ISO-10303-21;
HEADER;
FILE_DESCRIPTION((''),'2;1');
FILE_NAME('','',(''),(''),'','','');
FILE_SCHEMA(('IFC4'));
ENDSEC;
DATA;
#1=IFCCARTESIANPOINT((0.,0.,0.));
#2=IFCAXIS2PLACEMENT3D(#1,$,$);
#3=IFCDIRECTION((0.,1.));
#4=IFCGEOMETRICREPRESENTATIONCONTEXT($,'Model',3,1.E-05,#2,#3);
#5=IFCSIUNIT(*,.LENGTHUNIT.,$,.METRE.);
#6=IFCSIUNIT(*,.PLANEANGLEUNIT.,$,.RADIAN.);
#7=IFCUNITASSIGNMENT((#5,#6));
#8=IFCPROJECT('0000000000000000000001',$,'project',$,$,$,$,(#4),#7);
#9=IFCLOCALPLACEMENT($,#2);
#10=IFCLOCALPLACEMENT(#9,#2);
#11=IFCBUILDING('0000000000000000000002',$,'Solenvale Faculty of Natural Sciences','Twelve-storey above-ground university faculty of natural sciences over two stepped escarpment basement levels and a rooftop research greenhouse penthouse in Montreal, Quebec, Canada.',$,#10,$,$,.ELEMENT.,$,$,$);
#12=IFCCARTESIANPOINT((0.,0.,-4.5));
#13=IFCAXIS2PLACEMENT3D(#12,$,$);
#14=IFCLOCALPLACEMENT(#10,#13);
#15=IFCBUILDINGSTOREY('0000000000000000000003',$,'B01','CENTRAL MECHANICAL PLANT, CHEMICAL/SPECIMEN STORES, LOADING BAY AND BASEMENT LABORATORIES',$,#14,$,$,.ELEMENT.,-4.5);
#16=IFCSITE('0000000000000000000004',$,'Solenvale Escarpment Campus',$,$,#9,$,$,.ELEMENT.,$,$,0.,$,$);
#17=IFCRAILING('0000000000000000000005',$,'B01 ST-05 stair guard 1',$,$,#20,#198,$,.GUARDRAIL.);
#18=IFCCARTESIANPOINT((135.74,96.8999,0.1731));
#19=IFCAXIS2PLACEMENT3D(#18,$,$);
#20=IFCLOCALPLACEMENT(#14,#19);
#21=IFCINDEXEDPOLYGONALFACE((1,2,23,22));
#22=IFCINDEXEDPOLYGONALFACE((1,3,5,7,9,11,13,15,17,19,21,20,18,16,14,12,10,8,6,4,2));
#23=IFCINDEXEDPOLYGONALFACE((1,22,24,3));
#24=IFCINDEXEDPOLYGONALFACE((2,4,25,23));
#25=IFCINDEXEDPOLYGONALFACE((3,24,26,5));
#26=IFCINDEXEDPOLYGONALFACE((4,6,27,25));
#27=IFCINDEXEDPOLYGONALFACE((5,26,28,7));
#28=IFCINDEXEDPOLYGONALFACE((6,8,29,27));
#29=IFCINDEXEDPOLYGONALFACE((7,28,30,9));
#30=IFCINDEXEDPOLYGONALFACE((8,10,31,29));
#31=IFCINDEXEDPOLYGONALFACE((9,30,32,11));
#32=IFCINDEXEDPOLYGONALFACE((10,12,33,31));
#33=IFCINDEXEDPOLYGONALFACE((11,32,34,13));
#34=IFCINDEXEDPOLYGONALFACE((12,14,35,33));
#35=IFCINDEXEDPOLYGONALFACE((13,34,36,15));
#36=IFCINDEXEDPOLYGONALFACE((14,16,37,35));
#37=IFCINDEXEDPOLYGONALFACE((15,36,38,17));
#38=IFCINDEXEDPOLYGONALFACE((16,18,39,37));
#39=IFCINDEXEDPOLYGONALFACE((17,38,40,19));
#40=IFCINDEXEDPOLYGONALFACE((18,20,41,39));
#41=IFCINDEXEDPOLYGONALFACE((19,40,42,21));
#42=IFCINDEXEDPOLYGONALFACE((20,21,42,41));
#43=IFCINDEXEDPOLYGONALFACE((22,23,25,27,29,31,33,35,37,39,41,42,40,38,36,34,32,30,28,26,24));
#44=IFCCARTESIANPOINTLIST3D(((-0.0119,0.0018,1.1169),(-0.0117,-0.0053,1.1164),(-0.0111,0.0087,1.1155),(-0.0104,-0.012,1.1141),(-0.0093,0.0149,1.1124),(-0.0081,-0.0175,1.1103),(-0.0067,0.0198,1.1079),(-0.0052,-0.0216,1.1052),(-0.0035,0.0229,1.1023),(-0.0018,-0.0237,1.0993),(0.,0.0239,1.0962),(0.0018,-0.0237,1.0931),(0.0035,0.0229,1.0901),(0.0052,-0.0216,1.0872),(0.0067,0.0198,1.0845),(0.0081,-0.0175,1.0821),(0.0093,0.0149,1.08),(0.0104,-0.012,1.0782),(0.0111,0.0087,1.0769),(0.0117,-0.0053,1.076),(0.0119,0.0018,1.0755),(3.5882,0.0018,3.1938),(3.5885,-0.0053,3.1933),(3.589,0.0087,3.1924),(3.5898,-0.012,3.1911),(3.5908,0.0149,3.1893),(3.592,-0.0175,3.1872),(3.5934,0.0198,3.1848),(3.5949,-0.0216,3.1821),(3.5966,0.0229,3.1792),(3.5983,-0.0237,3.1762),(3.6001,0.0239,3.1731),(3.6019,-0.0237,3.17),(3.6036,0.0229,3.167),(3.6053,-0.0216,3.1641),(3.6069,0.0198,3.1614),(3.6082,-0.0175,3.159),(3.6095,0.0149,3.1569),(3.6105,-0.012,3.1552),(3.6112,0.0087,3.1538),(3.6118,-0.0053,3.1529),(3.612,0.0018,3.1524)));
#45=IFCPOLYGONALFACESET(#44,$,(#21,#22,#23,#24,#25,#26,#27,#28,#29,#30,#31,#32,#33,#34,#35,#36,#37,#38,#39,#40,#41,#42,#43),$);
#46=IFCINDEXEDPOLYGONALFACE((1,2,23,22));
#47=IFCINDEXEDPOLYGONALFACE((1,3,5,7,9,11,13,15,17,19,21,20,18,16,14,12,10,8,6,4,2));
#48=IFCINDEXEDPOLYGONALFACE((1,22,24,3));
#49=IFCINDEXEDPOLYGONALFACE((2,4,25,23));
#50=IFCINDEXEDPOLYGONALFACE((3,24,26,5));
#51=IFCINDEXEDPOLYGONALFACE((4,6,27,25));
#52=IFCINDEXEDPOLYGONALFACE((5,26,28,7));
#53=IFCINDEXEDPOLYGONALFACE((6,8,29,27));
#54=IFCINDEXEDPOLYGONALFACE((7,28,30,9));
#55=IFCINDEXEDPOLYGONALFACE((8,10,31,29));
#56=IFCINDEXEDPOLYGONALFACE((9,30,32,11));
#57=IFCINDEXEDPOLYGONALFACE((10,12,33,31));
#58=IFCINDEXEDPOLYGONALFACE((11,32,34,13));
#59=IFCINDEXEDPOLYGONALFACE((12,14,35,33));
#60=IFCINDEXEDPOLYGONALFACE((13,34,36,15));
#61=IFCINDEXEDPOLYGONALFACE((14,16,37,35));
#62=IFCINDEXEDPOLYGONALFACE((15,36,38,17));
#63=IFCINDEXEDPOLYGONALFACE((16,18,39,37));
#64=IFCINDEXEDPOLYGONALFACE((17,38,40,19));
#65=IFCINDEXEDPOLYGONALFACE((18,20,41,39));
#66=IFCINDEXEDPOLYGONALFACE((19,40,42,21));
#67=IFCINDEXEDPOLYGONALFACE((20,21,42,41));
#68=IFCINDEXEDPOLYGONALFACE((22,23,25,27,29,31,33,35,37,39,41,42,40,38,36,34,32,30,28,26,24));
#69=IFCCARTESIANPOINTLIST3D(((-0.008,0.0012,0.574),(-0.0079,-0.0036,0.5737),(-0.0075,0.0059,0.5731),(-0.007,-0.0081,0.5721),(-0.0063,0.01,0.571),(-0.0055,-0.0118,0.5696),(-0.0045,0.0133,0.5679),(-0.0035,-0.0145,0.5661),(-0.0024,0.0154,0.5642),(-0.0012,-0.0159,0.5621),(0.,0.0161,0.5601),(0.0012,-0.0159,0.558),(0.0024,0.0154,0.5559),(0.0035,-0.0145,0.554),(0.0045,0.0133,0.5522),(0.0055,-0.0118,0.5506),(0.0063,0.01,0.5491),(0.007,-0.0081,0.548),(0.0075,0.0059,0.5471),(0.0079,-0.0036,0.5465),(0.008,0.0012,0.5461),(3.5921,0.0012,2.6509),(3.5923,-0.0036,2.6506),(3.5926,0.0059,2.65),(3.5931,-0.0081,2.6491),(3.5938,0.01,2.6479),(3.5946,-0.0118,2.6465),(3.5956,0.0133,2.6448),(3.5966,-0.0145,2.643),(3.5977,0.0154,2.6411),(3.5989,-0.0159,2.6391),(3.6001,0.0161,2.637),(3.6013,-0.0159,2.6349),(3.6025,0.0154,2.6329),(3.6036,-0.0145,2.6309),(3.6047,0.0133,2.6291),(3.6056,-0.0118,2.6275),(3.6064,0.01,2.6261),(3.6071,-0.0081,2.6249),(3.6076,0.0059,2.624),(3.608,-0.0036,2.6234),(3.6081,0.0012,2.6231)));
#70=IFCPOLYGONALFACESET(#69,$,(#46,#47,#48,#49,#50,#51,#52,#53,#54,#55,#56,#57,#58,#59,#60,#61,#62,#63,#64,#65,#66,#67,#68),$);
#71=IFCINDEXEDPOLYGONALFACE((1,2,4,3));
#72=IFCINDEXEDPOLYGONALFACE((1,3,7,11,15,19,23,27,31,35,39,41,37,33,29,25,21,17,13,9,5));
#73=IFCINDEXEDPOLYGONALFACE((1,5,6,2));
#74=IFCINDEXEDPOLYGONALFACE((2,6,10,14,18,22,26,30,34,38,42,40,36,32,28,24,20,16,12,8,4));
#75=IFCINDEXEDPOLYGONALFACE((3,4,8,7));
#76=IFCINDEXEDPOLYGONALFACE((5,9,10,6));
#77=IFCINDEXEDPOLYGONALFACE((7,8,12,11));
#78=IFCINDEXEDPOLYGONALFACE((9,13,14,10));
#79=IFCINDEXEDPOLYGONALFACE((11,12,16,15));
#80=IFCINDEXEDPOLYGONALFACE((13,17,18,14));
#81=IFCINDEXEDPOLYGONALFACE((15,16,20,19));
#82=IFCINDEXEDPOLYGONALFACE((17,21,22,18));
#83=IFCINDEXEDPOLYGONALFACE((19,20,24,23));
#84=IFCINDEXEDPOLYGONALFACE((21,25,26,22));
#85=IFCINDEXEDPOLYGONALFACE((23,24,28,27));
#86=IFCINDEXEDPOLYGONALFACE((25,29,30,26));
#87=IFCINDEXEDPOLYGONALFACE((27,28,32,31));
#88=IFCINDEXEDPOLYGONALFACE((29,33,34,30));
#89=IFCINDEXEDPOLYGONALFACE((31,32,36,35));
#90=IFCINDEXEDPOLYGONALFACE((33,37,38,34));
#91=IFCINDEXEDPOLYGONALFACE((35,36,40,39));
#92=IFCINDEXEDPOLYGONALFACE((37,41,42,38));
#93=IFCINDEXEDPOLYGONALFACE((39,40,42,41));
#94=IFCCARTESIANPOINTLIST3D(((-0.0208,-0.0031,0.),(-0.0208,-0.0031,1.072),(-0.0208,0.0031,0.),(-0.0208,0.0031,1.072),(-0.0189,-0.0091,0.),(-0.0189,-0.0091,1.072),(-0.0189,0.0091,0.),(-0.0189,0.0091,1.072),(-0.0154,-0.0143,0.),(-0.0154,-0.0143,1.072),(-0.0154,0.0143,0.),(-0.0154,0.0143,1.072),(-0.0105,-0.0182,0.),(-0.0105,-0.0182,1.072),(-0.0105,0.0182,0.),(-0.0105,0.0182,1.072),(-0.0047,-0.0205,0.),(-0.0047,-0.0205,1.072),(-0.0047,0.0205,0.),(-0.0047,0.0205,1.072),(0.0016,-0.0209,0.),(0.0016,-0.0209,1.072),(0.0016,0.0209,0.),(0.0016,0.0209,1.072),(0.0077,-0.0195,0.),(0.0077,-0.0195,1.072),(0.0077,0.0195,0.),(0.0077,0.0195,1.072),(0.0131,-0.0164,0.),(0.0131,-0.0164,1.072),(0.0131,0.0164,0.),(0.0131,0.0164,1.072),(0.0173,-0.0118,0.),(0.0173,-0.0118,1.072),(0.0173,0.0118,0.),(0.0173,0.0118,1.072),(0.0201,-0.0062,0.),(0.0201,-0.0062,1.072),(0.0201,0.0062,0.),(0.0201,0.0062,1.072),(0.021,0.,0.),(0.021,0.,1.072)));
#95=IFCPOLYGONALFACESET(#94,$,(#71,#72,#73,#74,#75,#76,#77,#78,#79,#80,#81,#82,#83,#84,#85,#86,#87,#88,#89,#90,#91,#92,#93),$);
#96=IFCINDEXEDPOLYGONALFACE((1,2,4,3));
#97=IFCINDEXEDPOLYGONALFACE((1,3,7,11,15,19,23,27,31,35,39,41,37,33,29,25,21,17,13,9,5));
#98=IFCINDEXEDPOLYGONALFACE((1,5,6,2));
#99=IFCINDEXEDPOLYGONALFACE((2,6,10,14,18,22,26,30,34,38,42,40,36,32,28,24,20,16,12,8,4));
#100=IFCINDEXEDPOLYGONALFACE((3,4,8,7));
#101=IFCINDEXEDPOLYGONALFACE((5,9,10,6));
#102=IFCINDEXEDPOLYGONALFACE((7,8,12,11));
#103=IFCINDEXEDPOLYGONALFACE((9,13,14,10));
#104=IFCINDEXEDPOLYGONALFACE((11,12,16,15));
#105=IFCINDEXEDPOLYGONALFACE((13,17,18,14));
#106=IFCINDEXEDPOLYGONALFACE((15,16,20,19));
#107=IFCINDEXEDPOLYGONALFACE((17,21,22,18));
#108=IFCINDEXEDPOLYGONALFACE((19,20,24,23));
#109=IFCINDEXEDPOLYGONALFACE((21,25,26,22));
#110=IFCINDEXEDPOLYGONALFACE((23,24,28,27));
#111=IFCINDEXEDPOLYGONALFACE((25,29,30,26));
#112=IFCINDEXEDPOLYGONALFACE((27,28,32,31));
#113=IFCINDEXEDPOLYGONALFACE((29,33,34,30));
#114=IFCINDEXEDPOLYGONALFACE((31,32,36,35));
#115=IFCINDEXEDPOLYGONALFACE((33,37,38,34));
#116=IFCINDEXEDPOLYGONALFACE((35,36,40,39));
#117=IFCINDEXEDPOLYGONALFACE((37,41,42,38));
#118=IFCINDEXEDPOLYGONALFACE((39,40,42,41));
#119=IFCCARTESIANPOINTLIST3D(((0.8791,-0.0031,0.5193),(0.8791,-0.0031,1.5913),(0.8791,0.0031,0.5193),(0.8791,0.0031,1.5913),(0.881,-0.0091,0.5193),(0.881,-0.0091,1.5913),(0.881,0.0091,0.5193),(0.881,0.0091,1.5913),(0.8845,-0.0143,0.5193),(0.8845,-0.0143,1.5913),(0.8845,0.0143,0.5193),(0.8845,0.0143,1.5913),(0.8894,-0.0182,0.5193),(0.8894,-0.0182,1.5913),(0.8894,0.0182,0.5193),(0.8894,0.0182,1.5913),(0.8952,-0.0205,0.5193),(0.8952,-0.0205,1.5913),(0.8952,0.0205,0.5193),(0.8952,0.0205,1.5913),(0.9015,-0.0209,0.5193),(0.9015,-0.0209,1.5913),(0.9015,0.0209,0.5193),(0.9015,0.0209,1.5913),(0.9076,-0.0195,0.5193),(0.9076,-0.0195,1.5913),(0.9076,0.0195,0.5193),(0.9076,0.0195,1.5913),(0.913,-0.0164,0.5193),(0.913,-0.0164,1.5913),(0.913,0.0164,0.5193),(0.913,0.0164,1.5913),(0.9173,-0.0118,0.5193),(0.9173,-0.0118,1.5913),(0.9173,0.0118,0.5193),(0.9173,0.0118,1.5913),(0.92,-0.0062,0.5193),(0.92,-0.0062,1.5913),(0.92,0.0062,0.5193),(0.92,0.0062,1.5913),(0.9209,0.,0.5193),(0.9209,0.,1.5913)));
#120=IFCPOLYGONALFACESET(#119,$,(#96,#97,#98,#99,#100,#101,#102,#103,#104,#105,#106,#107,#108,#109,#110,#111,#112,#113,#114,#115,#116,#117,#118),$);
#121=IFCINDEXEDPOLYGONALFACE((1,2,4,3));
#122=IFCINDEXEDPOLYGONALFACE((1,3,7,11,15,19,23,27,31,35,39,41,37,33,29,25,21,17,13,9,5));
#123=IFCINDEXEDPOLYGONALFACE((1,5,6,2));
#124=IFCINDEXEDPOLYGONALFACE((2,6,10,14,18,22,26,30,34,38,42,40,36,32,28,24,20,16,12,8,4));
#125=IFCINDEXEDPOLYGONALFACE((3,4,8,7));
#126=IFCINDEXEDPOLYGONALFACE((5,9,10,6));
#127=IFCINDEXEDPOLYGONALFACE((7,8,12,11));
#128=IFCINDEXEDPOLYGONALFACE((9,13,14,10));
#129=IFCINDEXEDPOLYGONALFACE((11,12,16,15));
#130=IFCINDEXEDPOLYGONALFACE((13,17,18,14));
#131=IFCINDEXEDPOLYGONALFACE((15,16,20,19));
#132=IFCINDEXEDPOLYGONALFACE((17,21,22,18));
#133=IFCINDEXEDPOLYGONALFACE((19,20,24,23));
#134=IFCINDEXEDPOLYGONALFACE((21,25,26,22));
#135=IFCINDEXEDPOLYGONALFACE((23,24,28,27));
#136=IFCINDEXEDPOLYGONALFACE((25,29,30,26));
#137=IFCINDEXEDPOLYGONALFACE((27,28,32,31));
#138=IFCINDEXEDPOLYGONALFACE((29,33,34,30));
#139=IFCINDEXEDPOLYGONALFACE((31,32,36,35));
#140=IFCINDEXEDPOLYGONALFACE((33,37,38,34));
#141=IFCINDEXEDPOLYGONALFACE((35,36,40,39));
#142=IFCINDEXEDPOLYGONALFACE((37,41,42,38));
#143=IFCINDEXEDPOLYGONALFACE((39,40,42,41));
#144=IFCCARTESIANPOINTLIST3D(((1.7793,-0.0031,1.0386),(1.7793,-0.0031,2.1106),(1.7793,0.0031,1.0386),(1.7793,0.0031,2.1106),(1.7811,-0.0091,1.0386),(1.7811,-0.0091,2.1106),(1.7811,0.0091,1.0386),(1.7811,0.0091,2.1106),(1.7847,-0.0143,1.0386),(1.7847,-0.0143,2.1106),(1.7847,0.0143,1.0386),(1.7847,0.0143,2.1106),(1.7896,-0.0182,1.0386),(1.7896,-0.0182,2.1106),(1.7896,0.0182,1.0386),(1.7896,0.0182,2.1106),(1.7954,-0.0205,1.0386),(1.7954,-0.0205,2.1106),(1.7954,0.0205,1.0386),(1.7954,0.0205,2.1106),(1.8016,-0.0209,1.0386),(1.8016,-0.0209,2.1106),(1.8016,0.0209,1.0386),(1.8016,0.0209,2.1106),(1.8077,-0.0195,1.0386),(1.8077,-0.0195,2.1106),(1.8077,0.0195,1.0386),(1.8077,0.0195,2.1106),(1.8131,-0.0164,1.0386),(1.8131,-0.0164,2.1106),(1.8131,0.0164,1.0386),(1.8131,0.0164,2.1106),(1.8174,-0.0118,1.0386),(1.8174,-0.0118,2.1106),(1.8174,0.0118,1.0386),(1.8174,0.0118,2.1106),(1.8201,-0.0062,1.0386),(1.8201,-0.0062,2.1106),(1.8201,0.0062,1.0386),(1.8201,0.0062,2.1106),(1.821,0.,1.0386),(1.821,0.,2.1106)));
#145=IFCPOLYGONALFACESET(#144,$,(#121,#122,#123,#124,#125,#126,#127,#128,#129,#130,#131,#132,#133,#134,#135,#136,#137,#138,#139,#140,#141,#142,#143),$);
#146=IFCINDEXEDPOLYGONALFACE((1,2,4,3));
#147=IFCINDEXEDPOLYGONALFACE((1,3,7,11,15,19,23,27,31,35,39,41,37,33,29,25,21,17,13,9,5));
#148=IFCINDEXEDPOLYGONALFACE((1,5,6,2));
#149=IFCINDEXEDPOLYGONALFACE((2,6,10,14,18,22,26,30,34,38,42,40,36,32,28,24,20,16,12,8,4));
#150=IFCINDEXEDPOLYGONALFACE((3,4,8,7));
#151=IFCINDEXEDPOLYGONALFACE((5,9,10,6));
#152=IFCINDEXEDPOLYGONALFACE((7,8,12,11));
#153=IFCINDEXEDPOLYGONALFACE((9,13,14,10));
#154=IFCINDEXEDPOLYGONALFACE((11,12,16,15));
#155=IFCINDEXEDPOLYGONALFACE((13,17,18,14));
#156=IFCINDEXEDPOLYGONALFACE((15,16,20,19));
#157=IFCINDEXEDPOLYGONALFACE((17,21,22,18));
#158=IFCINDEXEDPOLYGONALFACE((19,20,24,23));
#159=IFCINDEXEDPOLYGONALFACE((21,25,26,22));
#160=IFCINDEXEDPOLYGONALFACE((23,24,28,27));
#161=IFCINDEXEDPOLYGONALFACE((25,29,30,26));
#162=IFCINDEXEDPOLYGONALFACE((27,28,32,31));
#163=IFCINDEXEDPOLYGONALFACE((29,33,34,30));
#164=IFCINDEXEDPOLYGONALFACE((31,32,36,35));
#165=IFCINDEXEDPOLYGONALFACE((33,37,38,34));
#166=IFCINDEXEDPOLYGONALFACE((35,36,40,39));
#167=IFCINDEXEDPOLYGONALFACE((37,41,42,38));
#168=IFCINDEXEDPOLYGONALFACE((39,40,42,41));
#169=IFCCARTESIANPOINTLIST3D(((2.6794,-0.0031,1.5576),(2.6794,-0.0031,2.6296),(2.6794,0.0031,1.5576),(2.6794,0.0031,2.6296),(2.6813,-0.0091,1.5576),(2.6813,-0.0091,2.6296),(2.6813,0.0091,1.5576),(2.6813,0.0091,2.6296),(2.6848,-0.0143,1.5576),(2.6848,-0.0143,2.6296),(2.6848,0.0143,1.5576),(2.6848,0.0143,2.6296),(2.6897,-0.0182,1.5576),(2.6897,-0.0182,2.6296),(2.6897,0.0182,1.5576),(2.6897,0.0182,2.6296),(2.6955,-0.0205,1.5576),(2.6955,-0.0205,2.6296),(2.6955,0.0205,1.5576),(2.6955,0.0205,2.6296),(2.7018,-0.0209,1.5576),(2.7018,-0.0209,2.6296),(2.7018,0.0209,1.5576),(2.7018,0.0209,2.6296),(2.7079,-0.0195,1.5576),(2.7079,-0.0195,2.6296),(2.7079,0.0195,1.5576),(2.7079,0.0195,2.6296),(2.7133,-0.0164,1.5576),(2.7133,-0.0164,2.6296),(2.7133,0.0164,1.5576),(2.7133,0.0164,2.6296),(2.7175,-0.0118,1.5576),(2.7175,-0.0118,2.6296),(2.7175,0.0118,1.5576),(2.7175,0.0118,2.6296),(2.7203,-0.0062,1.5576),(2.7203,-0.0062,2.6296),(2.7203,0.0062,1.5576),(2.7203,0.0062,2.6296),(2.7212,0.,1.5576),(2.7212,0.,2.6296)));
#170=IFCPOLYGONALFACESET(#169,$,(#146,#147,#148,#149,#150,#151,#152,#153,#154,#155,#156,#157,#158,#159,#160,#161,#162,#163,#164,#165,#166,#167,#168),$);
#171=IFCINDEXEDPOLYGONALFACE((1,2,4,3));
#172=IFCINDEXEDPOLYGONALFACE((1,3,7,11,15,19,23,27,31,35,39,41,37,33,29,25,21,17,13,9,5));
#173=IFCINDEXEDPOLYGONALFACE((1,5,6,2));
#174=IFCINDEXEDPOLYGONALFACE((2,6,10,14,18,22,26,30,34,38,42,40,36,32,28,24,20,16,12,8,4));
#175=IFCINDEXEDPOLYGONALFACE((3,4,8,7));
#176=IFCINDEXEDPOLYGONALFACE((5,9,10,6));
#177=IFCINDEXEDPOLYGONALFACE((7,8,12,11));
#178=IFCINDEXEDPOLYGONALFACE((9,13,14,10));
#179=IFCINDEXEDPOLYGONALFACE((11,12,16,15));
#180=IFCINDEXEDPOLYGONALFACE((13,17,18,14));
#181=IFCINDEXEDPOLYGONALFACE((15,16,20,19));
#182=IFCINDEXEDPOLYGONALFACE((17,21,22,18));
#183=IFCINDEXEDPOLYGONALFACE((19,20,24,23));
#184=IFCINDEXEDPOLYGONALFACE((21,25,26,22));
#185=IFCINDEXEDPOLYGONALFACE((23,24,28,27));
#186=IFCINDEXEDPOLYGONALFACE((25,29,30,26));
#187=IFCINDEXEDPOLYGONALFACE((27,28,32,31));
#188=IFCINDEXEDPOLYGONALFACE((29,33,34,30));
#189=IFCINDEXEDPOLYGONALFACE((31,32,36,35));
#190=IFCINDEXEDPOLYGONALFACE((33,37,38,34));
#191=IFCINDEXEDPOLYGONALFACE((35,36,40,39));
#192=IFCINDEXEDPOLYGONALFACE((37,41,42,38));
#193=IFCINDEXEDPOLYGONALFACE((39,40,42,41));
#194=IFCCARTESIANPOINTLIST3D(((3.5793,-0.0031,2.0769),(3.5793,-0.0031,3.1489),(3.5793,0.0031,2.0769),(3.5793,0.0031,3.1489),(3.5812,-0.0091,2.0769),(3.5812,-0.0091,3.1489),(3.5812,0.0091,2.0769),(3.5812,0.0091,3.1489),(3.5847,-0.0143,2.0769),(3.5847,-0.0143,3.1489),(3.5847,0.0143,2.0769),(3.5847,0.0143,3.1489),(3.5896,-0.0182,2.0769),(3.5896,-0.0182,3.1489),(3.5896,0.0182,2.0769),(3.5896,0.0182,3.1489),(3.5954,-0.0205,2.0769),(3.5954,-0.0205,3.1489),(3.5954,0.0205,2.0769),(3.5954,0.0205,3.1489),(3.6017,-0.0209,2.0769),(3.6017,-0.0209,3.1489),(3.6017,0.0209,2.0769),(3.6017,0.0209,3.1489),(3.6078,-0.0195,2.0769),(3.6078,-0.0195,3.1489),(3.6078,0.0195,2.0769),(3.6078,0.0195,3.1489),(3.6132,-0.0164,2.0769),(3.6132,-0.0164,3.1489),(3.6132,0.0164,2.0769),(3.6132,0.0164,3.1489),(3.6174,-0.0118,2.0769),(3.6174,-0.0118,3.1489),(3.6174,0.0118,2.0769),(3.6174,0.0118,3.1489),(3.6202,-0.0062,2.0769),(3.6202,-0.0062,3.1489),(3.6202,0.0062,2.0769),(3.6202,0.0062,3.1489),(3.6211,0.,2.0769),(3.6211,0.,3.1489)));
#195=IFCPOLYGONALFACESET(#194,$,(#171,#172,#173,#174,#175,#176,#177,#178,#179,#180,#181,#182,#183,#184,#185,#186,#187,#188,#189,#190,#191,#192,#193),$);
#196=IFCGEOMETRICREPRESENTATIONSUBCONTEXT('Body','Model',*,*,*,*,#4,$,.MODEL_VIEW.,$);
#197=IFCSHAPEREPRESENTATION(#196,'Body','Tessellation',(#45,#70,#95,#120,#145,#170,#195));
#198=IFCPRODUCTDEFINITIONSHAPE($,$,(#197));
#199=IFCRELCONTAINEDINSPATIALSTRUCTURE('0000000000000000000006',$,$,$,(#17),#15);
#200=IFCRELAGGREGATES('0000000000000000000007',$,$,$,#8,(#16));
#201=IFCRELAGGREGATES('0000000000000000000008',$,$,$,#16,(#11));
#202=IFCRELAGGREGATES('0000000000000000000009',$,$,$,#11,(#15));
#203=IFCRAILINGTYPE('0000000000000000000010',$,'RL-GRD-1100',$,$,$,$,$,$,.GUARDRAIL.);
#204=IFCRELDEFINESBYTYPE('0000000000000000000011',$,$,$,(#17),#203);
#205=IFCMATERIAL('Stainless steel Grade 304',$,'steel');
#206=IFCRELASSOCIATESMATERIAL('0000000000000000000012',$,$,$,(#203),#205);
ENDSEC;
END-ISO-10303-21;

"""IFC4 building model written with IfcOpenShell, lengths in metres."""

from ifc_helpers import new_model, si_unit, direction, frame, origin, origin_2d, place, context, subcontext, project, spatial, circle, extrude, material, type_object, element, save


model = new_model("IFC4")

# Units and contexts
model_context = context("Model", 3, precision=1e-05, world=origin(), true_north=direction((0.0, 1.0)))
body_context = subcontext(model_context, "Body", "Model", "MODEL_VIEW")
ifc_project = project(units=[si_unit("LENGTHUNIT", "METRE"), si_unit("PLANEANGLEUNIT", "RADIAN")], contexts=[model_context])

# Site, building, storey
site_placement = place(None, origin())
site = spatial("IfcSite", under=ifc_project, at=site_placement, Name="Solenvale Escarpment Campus", CompositionType="ELEMENT", RefElevation=0.0)
building_placement = place(site_placement, origin())
building = spatial("IfcBuilding", under=site, at=building_placement, Name="Solenvale Faculty of Natural Sciences", Description="Twelve-storey above-ground university faculty of natural sciences over two stepped escarpment basement levels and a rooftop research greenhouse penthouse in Montreal, Quebec, Canada.", CompositionType="ELEMENT")
storey_placement = place(building_placement, frame((0.0, 0.0, -4.5)))
storey = spatial("IfcBuildingStorey", under=building, at=storey_placement, Name="B01", Description="CENTRAL MECHANICAL PLANT, CHEMICAL/SPECIMEN STORES, LOADING BAY AND BASEMENT LABORATORIES", CompositionType="ELEMENT", Elevation=-4.5)

# Shared definitions
ifc_material_1 = material(Name="Stainless steel Grade 304", Category="steel")

# Railing
railing_type_1 = type_object("IfcRailingType", Name="RL-GRD-1100", PredefinedType="GUARDRAIL", material=ifc_material_1)
railing_1_placement = place(storey_placement, frame((135.74, 96.8999, 0.1731)))
element("IfcRailing", 1, at=railing_1_placement, inside=storey, type_object=railing_type_1, Name="B01 ST-05 stair guard 1", PredefinedType="GUARDRAIL", context=body_context, shape_type="SweptSolid", body=[
    extrude(circle(Radius=0.0239, at=origin_2d()), frame((0.0, 0.0, 1.0962), z_axis=(0.866193, 0.0, 0.499709), x_axis=(0.0, 1.0, 0.0)), (0.0, 0.0, 1.0), 4.1562),
    extrude(circle(Radius=0.0161, at=origin_2d()), frame((0.0, 0.0, 0.5601), z_axis=(0.866193, 0.0, 0.499709), x_axis=(0.0, 1.0, 0.0)), (0.0, 0.0, 1.0), 4.1562),
    extrude(circle(Radius=0.021, at=origin_2d()), origin(), (0.0, 0.0, 1.0), 1.072),
    extrude(circle(Radius=0.021, at=origin_2d()), frame((0.8999, 0.0, 0.5193)), (0.0, 0.0, 1.0), 1.072),
    extrude(circle(Radius=0.021, at=origin_2d()), frame((1.8, 0.0, 1.0386)), (0.0, 0.0, 1.0), 1.072),
    extrude(circle(Radius=0.021, at=origin_2d()), frame((2.7002, 0.0, 1.5576)), (0.0, 0.0, 1.0), 1.072),
    extrude(circle(Radius=0.021, at=origin_2d()), frame((3.6001, 0.0, 2.0769)), (0.0, 0.0, 1.0), 1.072),
])

save(model, "model.ifc")
